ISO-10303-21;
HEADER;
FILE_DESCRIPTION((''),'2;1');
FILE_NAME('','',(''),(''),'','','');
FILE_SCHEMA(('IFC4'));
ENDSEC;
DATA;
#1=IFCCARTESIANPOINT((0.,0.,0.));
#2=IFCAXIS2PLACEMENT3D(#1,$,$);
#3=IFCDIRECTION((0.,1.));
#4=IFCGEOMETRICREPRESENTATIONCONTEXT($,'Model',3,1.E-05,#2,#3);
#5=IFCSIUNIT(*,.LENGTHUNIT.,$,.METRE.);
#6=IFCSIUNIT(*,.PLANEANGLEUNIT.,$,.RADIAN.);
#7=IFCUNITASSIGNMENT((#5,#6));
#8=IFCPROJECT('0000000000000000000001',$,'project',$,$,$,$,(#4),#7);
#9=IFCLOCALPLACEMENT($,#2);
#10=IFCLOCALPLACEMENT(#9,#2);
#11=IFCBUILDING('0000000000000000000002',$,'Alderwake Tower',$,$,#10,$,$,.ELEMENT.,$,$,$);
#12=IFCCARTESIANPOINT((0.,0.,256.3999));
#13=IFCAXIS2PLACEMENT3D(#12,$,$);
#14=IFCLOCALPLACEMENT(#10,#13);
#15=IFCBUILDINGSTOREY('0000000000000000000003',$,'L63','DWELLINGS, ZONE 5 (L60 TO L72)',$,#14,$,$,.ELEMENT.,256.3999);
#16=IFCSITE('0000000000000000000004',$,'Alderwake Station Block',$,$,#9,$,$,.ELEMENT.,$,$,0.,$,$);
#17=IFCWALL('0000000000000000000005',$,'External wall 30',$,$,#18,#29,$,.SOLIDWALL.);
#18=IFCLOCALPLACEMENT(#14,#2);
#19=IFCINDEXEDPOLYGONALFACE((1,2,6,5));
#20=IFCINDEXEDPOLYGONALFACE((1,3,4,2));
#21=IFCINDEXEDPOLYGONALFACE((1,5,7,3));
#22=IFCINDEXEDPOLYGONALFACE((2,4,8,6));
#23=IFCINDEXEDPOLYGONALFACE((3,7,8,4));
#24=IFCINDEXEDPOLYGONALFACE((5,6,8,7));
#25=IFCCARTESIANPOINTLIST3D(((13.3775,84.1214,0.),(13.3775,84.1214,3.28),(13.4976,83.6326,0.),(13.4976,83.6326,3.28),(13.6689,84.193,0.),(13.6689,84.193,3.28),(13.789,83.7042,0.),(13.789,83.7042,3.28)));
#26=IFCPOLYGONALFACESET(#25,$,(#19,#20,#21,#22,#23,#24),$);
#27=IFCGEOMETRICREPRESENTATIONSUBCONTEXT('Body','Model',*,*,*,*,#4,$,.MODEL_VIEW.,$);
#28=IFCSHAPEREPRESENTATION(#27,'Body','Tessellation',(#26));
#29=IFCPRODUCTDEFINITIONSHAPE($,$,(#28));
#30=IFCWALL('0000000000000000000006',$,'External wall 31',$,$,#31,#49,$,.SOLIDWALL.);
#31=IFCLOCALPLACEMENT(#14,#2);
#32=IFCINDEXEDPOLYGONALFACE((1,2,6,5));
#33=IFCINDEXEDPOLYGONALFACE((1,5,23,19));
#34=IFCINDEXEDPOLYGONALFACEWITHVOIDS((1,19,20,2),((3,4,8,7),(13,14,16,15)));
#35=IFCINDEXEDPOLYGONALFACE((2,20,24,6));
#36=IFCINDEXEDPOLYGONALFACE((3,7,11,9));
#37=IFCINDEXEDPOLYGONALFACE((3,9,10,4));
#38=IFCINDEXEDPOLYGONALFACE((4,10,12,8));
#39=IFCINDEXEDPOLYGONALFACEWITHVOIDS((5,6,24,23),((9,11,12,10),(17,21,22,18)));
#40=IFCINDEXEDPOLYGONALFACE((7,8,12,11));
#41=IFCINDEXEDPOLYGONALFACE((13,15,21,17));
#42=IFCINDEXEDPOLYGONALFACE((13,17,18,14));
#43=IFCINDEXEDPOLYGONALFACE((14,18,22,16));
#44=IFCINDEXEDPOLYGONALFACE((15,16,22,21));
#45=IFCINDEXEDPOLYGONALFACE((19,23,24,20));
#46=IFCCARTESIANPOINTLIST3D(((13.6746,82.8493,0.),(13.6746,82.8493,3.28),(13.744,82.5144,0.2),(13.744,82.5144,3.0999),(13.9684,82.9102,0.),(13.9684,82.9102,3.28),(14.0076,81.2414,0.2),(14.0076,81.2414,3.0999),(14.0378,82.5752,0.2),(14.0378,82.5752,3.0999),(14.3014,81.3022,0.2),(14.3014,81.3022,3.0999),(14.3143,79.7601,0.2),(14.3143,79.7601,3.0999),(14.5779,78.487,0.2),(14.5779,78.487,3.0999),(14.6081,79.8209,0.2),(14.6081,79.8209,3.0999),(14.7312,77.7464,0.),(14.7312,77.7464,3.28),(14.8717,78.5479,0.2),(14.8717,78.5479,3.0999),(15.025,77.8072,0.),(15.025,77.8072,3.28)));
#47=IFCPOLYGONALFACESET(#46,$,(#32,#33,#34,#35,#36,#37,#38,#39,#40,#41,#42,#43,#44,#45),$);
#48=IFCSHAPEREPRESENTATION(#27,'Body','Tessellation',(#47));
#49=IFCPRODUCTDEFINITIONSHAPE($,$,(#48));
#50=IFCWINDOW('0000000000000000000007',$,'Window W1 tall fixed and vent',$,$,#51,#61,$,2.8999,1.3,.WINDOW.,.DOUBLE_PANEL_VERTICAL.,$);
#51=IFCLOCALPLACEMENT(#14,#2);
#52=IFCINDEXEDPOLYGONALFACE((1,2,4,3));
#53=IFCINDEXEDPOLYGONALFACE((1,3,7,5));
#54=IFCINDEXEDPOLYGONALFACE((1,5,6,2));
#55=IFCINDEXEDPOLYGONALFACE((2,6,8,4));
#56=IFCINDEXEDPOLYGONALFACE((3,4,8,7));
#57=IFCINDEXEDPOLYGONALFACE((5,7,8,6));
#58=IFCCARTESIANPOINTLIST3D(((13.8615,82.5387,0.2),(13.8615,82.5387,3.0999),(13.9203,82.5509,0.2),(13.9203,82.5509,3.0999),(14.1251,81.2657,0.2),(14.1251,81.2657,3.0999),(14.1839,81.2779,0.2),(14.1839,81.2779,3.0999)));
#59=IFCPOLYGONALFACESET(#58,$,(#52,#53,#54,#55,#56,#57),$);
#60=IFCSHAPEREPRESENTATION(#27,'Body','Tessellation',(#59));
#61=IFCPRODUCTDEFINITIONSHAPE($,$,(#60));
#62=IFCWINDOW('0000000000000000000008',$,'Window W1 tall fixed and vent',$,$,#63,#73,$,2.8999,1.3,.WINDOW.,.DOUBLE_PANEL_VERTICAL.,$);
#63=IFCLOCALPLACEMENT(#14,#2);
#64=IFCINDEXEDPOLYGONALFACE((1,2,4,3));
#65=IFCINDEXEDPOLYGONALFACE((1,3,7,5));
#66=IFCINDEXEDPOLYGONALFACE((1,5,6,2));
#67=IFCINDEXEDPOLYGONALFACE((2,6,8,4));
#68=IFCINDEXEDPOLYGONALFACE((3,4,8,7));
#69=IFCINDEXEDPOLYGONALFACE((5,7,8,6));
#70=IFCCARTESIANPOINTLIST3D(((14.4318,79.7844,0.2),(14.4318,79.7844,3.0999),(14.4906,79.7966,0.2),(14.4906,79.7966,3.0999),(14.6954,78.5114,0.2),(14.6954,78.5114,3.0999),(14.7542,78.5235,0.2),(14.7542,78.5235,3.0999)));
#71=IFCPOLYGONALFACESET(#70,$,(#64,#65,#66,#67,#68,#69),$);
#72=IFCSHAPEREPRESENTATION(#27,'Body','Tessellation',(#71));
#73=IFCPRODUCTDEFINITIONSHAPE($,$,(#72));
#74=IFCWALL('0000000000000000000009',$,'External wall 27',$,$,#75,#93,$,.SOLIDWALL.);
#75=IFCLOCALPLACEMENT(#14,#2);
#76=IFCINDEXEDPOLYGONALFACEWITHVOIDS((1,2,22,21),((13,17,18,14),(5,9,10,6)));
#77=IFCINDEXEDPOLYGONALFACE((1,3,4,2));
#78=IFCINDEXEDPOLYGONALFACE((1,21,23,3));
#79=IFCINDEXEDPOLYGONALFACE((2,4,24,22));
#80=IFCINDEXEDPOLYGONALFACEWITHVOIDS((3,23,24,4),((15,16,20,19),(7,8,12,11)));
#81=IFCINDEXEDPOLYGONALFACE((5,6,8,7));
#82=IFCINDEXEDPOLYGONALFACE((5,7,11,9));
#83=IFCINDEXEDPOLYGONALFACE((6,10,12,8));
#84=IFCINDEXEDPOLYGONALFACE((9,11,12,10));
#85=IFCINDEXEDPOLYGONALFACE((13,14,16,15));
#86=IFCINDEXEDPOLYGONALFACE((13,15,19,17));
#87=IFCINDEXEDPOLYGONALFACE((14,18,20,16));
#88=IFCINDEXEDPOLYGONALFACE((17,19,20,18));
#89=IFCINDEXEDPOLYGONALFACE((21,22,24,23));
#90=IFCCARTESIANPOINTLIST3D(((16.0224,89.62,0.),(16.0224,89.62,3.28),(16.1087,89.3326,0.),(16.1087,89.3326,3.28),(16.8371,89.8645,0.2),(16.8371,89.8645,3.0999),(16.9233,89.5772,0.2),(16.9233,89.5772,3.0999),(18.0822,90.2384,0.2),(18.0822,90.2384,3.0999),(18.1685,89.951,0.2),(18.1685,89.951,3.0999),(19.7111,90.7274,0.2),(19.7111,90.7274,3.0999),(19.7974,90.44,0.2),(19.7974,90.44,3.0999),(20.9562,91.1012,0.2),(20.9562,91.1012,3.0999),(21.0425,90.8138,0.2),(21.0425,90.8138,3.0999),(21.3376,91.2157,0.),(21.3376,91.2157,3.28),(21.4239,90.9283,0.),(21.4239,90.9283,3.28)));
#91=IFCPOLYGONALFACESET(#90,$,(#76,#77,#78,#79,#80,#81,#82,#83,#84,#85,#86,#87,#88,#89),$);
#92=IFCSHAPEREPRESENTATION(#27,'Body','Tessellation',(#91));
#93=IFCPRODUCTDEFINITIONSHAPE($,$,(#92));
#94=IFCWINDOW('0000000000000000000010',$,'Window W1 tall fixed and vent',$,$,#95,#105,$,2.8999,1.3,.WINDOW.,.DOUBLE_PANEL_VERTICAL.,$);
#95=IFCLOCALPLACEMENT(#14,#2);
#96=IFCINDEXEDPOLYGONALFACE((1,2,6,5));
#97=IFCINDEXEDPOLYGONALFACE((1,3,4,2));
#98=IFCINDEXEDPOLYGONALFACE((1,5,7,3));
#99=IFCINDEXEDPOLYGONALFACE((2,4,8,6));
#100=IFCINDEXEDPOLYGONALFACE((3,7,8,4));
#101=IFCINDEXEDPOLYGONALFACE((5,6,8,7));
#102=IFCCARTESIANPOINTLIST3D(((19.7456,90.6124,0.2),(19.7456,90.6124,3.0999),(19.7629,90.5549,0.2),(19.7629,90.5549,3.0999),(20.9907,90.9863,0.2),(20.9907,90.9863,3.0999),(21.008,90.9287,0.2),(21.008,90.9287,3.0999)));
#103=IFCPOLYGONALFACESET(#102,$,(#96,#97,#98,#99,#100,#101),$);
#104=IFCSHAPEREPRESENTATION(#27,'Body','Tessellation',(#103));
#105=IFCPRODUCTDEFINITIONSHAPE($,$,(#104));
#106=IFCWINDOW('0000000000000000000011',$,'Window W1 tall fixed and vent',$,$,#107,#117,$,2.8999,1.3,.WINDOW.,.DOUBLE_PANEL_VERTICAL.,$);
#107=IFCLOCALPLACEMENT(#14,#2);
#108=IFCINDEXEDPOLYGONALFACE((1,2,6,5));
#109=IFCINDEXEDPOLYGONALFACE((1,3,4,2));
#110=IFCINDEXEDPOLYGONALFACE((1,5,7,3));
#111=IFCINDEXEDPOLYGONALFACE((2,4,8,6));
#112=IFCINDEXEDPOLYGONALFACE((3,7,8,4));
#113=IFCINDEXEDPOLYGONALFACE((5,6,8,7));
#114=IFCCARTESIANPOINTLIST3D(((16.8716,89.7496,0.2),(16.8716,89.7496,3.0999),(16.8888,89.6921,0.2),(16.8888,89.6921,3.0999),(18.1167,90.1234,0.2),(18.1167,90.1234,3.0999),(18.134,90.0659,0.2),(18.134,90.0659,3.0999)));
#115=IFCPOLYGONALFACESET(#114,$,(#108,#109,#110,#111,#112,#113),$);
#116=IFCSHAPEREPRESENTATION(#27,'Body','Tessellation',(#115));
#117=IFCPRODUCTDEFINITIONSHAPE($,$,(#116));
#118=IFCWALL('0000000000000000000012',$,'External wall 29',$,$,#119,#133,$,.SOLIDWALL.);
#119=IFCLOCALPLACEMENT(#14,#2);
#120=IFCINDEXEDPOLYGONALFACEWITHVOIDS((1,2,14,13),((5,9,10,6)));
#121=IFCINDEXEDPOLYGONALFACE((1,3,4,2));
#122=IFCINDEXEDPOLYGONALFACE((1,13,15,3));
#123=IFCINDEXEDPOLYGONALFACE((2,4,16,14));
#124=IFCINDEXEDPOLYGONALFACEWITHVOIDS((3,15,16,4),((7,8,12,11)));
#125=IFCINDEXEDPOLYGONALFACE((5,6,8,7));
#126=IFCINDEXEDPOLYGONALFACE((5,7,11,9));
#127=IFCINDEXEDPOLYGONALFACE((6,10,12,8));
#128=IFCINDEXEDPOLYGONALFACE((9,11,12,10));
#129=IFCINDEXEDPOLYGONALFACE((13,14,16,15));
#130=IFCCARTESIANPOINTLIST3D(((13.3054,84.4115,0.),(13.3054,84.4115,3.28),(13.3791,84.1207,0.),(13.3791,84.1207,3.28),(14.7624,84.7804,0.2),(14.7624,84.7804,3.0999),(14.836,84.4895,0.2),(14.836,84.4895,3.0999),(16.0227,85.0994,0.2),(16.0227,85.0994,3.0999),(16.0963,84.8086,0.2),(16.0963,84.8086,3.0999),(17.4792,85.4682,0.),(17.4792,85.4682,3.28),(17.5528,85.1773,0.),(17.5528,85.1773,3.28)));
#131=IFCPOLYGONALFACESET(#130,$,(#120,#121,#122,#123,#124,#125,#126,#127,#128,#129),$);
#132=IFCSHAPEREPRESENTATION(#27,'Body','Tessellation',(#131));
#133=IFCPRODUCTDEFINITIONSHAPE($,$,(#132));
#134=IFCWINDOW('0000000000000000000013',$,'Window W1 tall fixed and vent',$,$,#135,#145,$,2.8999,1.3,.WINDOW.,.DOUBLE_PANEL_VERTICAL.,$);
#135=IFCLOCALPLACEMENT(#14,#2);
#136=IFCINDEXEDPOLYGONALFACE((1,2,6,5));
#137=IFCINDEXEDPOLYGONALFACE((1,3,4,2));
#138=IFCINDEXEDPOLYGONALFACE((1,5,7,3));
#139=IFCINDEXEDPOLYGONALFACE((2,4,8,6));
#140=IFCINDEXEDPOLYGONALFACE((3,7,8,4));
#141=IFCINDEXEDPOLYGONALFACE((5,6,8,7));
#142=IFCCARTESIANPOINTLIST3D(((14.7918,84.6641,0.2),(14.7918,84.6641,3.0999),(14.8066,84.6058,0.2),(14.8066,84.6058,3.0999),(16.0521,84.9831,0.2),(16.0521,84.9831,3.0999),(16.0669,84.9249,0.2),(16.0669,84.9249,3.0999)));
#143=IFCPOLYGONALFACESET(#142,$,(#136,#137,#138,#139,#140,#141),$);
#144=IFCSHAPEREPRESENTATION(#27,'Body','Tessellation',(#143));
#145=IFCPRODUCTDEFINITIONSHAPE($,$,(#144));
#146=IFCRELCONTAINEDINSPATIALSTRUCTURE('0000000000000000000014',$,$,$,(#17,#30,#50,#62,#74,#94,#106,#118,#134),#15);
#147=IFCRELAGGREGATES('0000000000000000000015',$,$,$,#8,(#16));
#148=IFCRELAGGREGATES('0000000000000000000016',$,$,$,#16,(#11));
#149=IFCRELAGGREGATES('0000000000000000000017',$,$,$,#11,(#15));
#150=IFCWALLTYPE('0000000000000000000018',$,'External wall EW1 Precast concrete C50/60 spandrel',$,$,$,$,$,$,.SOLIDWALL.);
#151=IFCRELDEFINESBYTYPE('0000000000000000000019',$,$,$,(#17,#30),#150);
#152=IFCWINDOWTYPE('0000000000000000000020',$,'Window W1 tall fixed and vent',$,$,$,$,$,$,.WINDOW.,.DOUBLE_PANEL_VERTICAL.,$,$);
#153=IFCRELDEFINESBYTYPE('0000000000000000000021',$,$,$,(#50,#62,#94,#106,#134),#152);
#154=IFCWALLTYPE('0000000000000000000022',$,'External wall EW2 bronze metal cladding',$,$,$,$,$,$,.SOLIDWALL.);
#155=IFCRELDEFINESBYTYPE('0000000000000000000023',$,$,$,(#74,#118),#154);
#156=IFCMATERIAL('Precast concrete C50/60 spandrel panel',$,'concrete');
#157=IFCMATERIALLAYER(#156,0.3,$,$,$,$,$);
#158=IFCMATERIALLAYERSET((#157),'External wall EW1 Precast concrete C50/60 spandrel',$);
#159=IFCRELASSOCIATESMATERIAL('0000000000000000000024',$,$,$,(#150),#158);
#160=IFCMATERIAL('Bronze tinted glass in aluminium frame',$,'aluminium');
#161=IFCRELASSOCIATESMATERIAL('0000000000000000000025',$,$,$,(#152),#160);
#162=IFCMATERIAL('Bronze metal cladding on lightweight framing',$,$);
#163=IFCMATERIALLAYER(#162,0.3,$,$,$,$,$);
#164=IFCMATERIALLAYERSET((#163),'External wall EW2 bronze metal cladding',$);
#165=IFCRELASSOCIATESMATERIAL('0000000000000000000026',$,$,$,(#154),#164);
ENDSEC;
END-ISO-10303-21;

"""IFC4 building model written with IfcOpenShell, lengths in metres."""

from ifc_helpers import new_model, si_unit, direction, frame, frame_2d, origin, place, context, subcontext, project, spatial, rectangle, extrude, material, layer, layer_set, type_object, element, fill, save


model = new_model("IFC4")

# Units and contexts
model_context = context("Model", 3, precision=1e-05, world=origin(), true_north=direction((0.0, 1.0)))
body_context = subcontext(model_context, "Body", "Model", "MODEL_VIEW")
ifc_project = project(units=[si_unit("LENGTHUNIT", "METRE"), si_unit("PLANEANGLEUNIT", "RADIAN")], contexts=[model_context])

# Site, building, storey
site_placement = place(None, origin())
site = spatial("IfcSite", under=ifc_project, at=site_placement, Name="Alderwake Station Block", CompositionType="ELEMENT", RefElevation=0.0)
building_placement = place(site_placement, origin())
building = spatial("IfcBuilding", under=site, at=building_placement, Name="Alderwake Tower", CompositionType="ELEMENT")
storey_placement = place(building_placement, frame((0.0, 0.0, 256.3999)))
storey = spatial("IfcBuildingStorey", under=building, at=storey_placement, Name="L63", Description="DWELLINGS, ZONE 5 (L60 TO L72)", CompositionType="ELEMENT", Elevation=256.3999)

# Wall
ifc_material_1 = material(Name="Precast concrete C50/60 spandrel panel", Category="concrete")
ifc_layer_1 = layer(ifc_material_1, 0.3)
ifc_layer_set_1 = layer_set([ifc_layer_1], Name="External wall EW1 Precast concrete C50/60 spandrel")
wall_type_1 = type_object("IfcWallType", Name="External wall EW1 Precast concrete C50/60 spandrel", PredefinedType="SOLIDWALL", material=ifc_layer_set_1)
wall_1_placement = place(storey_placement, frame((13.5232, 84.1572, 0.0), z_axis=(0.0, 0.0, 1.0), x_axis=(0.238653, -0.971105, 0.0)))
element("IfcWall", 1, at=wall_1_placement, inside=storey, type_object=wall_type_1, Name="External wall 30", PredefinedType="SOLIDWALL", context=body_context, shape_type="SweptSolid", body=[
    extrude(rectangle(XDim=0.5034, YDim=0.3, at=frame_2d((0.2517, 0.0))), origin(), (0.0, 0.0, 1.0), 3.28),
])

# Walls, openings, windows
wall_2_placement = place(storey_placement, frame((13.8215, 82.8796, 0.0), z_axis=(0.0, 0.0, 1.0), x_axis=(0.202761, -0.979228, 0.0)))
wall_2 = element("IfcWall", 2, at=wall_2_placement, inside=storey, type_object=wall_type_1, Name="External wall 31", PredefinedType="SOLIDWALL", context=body_context, shape_type="SweptSolid", body=[
    extrude(rectangle(XDim=5.2112, YDim=0.3, at=frame_2d((2.6055, 0.0))), origin(), (0.0, 0.0, 1.0), 3.28),
])
opening_1_placement = place(wall_2_placement, frame((0.342, 0.0, 0.2)))
opening_1 = element("IfcOpeningElement", 3, at=opening_1_placement, cuts=wall_2, PredefinedType="OPENING", context=body_context, shape_type="SweptSolid", body=[
    extrude(rectangle(XDim=1.3, YDim=2.8999, at=frame_2d((0.6499, 1.45))), frame((0.0, 0.1599, 0.0), z_axis=(0.0, -1.0, 0.0), x_axis=(1.0, 0.0, 0.0)), (0.0, 0.0, 1.0), 0.3201),
])
opening_2_placement = place(wall_2_placement, frame((3.1548, 0.0, 0.2)))
opening_2 = element("IfcOpeningElement", 4, at=opening_2_placement, cuts=wall_2, PredefinedType="OPENING", context=body_context, shape_type="SweptSolid", body=[
    extrude(rectangle(XDim=1.3, YDim=2.8999, at=frame_2d((0.6499, 1.45))), frame((0.0, 0.1599, 0.0), z_axis=(0.0, -1.0, 0.0), x_axis=(1.0, 0.0, 0.0)), (0.0, 0.0, 1.0), 0.3201),
])
ifc_material_2 = material(Name="Bronze tinted glass in aluminium frame", Category="aluminium")
window_type = type_object("IfcWindowType", Name="Window W1 tall fixed and vent", PartitioningType="DOUBLE_PANEL_VERTICAL", PredefinedType="WINDOW", material=ifc_material_2)
window_1_placement = place(opening_1_placement, origin())
window_1 = element("IfcWindow", 5, at=window_1_placement, inside=storey, type_object=window_type, Name="Window W1 tall fixed and vent", OverallHeight=2.8999, OverallWidth=1.3, PartitioningType="DOUBLE_PANEL_VERTICAL", PredefinedType="WINDOW", context=body_context, shape_type="SweptSolid", body=[
    extrude(rectangle(XDim=1.3, YDim=2.8999, at=frame_2d((0.6499, 1.45))), frame((0.0, 0.03, 0.0), z_axis=(0.0, -1.0, 0.0), x_axis=(1.0, 0.0, 0.0)), (0.0, 0.0, 1.0), 0.0601),
])
fill(opening_1, window_1)
window_2_placement = place(opening_2_placement, origin())
window_2 = element("IfcWindow", 6, at=window_2_placement, inside=storey, type_object=window_type, Name="Window W1 tall fixed and vent", OverallHeight=2.8999, OverallWidth=1.3, PartitioningType="DOUBLE_PANEL_VERTICAL", PredefinedType="WINDOW", context=body_context, shape_type="SweptSolid", body=[
    extrude(rectangle(XDim=1.3, YDim=2.8999, at=frame_2d((0.6499, 1.45))), frame((0.0, 0.03, 0.0), z_axis=(0.0, -1.0, 0.0), x_axis=(1.0, 0.0, 0.0)), (0.0, 0.0, 1.0), 0.0601),
])
fill(opening_2, window_2)
ifc_material_3 = material(Name="Bronze metal cladding on lightweight framing")
ifc_layer_2 = layer(ifc_material_3, 0.3)
ifc_layer_set_2 = layer_set([ifc_layer_2], Name="External wall EW2 bronze metal cladding")
wall_type_2 = type_object("IfcWallType", Name="External wall EW2 bronze metal cladding", PredefinedType="SOLIDWALL", material=ifc_layer_set_2)
wall_3_placement = place(storey_placement, frame((21.3809, 91.072, 0.0), z_axis=(0.0, 0.0, 1.0), x_axis=(-0.957769, -0.287538, 0.0)))
wall_3 = element("IfcWall", 7, at=wall_3_placement, inside=storey, type_object=wall_type_2, Name="External wall 27", PredefinedType="SOLIDWALL", context=body_context, shape_type="SweptSolid", body=[
    extrude(rectangle(XDim=5.5496, YDim=0.3, at=frame_2d((2.7749, 0.0))), origin(), (0.0, 0.0, 1.0), 3.28),
])
opening_3_placement = place(wall_3_placement, frame((0.3984, 0.0, 0.2)))
opening_3 = element("IfcOpeningElement", 8, at=opening_3_placement, cuts=wall_3, PredefinedType="OPENING", context=body_context, shape_type="SweptSolid", body=[
    extrude(rectangle(XDim=1.3, YDim=2.8999, at=frame_2d((0.6499, 1.45))), frame((0.0, 0.1599, 0.0), z_axis=(0.0, -1.0, 0.0), x_axis=(1.0, 0.0, 0.0)), (0.0, 0.0, 1.0), 0.3201),
])
opening_4_placement = place(wall_3_placement, frame((3.3992, 0.0, 0.2)))
opening_4 = element("IfcOpeningElement", 9, at=opening_4_placement, cuts=wall_3, PredefinedType="OPENING", context=body_context, shape_type="SweptSolid", body=[
    extrude(rectangle(XDim=1.3, YDim=2.8999, at=frame_2d((0.6499, 1.45))), frame((0.0, 0.1599, 0.0), z_axis=(0.0, -1.0, 0.0), x_axis=(1.0, 0.0, 0.0)), (0.0, 0.0, 1.0), 0.3201),
])
window_3_placement = place(opening_3_placement, origin())
window_3 = element("IfcWindow", 10, at=window_3_placement, inside=storey, type_object=window_type, Name="Window W1 tall fixed and vent", OverallHeight=2.8999, OverallWidth=1.3, PartitioningType="DOUBLE_PANEL_VERTICAL", PredefinedType="WINDOW", context=body_context, shape_type="SweptSolid", body=[
    extrude(rectangle(XDim=1.3, YDim=2.8999, at=frame_2d((0.6499, 1.45))), frame((0.0, 0.03, 0.0), z_axis=(0.0, -1.0, 0.0), x_axis=(1.0, 0.0, 0.0)), (0.0, 0.0, 1.0), 0.0601),
])
fill(opening_3, window_3)
window_4_placement = place(opening_4_placement, origin())
window_4 = element("IfcWindow", 11, at=window_4_placement, inside=storey, type_object=window_type, Name="Window W1 tall fixed and vent", OverallHeight=2.8999, OverallWidth=1.3, PartitioningType="DOUBLE_PANEL_VERTICAL", PredefinedType="WINDOW", context=body_context, shape_type="SweptSolid", body=[
    extrude(rectangle(XDim=1.3, YDim=2.8999, at=frame_2d((0.6499, 1.45))), frame((0.0, 0.03, 0.0), z_axis=(0.0, -1.0, 0.0), x_axis=(1.0, 0.0, 0.0)), (0.0, 0.0, 1.0), 0.0601),
])
fill(opening_4, window_4)

# Wall, opening, window
wall_4_placement = place(storey_placement, frame((17.5161, 85.3228, 0.0), z_axis=(0.0, 0.0, 1.0), x_axis=(-0.969418, -0.245416, 0.0)))
wall_4 = element("IfcWall", 12, at=wall_4_placement, inside=storey, type_object=wall_type_2, Name="External wall 29", PredefinedType="SOLIDWALL", context=body_context, shape_type="SweptSolid", body=[
    extrude(rectangle(XDim=4.3054, YDim=0.3, at=frame_2d((2.1528, 0.0))), origin(), (0.0, 0.0, 1.0), 3.28),
])
opening_5_placement = place(wall_4_placement, frame((1.5027, 0.0, 0.2)))
opening_5 = element("IfcOpeningElement", 13, at=opening_5_placement, cuts=wall_4, PredefinedType="OPENING", context=body_context, shape_type="SweptSolid", body=[
    extrude(rectangle(XDim=1.3, YDim=2.8999, at=frame_2d((0.6499, 1.45))), frame((0.0, 0.1599, 0.0), z_axis=(0.0, -1.0, 0.0), x_axis=(1.0, 0.0, 0.0)), (0.0, 0.0, 1.0), 0.3201),
])
window_5_placement = place(opening_5_placement, origin())
window_5 = element("IfcWindow", 14, at=window_5_placement, inside=storey, type_object=window_type, Name="Window W1 tall fixed and vent", OverallHeight=2.8999, OverallWidth=1.3, PartitioningType="DOUBLE_PANEL_VERTICAL", PredefinedType="WINDOW", context=body_context, shape_type="SweptSolid", body=[
    extrude(rectangle(XDim=1.3, YDim=2.8999, at=frame_2d((0.6499, 1.45))), frame((0.0, 0.03, 0.0), z_axis=(0.0, -1.0, 0.0), x_axis=(1.0, 0.0, 0.0)), (0.0, 0.0, 1.0), 0.0601),
])
fill(opening_5, window_5)

save(model, "model.ifc")
